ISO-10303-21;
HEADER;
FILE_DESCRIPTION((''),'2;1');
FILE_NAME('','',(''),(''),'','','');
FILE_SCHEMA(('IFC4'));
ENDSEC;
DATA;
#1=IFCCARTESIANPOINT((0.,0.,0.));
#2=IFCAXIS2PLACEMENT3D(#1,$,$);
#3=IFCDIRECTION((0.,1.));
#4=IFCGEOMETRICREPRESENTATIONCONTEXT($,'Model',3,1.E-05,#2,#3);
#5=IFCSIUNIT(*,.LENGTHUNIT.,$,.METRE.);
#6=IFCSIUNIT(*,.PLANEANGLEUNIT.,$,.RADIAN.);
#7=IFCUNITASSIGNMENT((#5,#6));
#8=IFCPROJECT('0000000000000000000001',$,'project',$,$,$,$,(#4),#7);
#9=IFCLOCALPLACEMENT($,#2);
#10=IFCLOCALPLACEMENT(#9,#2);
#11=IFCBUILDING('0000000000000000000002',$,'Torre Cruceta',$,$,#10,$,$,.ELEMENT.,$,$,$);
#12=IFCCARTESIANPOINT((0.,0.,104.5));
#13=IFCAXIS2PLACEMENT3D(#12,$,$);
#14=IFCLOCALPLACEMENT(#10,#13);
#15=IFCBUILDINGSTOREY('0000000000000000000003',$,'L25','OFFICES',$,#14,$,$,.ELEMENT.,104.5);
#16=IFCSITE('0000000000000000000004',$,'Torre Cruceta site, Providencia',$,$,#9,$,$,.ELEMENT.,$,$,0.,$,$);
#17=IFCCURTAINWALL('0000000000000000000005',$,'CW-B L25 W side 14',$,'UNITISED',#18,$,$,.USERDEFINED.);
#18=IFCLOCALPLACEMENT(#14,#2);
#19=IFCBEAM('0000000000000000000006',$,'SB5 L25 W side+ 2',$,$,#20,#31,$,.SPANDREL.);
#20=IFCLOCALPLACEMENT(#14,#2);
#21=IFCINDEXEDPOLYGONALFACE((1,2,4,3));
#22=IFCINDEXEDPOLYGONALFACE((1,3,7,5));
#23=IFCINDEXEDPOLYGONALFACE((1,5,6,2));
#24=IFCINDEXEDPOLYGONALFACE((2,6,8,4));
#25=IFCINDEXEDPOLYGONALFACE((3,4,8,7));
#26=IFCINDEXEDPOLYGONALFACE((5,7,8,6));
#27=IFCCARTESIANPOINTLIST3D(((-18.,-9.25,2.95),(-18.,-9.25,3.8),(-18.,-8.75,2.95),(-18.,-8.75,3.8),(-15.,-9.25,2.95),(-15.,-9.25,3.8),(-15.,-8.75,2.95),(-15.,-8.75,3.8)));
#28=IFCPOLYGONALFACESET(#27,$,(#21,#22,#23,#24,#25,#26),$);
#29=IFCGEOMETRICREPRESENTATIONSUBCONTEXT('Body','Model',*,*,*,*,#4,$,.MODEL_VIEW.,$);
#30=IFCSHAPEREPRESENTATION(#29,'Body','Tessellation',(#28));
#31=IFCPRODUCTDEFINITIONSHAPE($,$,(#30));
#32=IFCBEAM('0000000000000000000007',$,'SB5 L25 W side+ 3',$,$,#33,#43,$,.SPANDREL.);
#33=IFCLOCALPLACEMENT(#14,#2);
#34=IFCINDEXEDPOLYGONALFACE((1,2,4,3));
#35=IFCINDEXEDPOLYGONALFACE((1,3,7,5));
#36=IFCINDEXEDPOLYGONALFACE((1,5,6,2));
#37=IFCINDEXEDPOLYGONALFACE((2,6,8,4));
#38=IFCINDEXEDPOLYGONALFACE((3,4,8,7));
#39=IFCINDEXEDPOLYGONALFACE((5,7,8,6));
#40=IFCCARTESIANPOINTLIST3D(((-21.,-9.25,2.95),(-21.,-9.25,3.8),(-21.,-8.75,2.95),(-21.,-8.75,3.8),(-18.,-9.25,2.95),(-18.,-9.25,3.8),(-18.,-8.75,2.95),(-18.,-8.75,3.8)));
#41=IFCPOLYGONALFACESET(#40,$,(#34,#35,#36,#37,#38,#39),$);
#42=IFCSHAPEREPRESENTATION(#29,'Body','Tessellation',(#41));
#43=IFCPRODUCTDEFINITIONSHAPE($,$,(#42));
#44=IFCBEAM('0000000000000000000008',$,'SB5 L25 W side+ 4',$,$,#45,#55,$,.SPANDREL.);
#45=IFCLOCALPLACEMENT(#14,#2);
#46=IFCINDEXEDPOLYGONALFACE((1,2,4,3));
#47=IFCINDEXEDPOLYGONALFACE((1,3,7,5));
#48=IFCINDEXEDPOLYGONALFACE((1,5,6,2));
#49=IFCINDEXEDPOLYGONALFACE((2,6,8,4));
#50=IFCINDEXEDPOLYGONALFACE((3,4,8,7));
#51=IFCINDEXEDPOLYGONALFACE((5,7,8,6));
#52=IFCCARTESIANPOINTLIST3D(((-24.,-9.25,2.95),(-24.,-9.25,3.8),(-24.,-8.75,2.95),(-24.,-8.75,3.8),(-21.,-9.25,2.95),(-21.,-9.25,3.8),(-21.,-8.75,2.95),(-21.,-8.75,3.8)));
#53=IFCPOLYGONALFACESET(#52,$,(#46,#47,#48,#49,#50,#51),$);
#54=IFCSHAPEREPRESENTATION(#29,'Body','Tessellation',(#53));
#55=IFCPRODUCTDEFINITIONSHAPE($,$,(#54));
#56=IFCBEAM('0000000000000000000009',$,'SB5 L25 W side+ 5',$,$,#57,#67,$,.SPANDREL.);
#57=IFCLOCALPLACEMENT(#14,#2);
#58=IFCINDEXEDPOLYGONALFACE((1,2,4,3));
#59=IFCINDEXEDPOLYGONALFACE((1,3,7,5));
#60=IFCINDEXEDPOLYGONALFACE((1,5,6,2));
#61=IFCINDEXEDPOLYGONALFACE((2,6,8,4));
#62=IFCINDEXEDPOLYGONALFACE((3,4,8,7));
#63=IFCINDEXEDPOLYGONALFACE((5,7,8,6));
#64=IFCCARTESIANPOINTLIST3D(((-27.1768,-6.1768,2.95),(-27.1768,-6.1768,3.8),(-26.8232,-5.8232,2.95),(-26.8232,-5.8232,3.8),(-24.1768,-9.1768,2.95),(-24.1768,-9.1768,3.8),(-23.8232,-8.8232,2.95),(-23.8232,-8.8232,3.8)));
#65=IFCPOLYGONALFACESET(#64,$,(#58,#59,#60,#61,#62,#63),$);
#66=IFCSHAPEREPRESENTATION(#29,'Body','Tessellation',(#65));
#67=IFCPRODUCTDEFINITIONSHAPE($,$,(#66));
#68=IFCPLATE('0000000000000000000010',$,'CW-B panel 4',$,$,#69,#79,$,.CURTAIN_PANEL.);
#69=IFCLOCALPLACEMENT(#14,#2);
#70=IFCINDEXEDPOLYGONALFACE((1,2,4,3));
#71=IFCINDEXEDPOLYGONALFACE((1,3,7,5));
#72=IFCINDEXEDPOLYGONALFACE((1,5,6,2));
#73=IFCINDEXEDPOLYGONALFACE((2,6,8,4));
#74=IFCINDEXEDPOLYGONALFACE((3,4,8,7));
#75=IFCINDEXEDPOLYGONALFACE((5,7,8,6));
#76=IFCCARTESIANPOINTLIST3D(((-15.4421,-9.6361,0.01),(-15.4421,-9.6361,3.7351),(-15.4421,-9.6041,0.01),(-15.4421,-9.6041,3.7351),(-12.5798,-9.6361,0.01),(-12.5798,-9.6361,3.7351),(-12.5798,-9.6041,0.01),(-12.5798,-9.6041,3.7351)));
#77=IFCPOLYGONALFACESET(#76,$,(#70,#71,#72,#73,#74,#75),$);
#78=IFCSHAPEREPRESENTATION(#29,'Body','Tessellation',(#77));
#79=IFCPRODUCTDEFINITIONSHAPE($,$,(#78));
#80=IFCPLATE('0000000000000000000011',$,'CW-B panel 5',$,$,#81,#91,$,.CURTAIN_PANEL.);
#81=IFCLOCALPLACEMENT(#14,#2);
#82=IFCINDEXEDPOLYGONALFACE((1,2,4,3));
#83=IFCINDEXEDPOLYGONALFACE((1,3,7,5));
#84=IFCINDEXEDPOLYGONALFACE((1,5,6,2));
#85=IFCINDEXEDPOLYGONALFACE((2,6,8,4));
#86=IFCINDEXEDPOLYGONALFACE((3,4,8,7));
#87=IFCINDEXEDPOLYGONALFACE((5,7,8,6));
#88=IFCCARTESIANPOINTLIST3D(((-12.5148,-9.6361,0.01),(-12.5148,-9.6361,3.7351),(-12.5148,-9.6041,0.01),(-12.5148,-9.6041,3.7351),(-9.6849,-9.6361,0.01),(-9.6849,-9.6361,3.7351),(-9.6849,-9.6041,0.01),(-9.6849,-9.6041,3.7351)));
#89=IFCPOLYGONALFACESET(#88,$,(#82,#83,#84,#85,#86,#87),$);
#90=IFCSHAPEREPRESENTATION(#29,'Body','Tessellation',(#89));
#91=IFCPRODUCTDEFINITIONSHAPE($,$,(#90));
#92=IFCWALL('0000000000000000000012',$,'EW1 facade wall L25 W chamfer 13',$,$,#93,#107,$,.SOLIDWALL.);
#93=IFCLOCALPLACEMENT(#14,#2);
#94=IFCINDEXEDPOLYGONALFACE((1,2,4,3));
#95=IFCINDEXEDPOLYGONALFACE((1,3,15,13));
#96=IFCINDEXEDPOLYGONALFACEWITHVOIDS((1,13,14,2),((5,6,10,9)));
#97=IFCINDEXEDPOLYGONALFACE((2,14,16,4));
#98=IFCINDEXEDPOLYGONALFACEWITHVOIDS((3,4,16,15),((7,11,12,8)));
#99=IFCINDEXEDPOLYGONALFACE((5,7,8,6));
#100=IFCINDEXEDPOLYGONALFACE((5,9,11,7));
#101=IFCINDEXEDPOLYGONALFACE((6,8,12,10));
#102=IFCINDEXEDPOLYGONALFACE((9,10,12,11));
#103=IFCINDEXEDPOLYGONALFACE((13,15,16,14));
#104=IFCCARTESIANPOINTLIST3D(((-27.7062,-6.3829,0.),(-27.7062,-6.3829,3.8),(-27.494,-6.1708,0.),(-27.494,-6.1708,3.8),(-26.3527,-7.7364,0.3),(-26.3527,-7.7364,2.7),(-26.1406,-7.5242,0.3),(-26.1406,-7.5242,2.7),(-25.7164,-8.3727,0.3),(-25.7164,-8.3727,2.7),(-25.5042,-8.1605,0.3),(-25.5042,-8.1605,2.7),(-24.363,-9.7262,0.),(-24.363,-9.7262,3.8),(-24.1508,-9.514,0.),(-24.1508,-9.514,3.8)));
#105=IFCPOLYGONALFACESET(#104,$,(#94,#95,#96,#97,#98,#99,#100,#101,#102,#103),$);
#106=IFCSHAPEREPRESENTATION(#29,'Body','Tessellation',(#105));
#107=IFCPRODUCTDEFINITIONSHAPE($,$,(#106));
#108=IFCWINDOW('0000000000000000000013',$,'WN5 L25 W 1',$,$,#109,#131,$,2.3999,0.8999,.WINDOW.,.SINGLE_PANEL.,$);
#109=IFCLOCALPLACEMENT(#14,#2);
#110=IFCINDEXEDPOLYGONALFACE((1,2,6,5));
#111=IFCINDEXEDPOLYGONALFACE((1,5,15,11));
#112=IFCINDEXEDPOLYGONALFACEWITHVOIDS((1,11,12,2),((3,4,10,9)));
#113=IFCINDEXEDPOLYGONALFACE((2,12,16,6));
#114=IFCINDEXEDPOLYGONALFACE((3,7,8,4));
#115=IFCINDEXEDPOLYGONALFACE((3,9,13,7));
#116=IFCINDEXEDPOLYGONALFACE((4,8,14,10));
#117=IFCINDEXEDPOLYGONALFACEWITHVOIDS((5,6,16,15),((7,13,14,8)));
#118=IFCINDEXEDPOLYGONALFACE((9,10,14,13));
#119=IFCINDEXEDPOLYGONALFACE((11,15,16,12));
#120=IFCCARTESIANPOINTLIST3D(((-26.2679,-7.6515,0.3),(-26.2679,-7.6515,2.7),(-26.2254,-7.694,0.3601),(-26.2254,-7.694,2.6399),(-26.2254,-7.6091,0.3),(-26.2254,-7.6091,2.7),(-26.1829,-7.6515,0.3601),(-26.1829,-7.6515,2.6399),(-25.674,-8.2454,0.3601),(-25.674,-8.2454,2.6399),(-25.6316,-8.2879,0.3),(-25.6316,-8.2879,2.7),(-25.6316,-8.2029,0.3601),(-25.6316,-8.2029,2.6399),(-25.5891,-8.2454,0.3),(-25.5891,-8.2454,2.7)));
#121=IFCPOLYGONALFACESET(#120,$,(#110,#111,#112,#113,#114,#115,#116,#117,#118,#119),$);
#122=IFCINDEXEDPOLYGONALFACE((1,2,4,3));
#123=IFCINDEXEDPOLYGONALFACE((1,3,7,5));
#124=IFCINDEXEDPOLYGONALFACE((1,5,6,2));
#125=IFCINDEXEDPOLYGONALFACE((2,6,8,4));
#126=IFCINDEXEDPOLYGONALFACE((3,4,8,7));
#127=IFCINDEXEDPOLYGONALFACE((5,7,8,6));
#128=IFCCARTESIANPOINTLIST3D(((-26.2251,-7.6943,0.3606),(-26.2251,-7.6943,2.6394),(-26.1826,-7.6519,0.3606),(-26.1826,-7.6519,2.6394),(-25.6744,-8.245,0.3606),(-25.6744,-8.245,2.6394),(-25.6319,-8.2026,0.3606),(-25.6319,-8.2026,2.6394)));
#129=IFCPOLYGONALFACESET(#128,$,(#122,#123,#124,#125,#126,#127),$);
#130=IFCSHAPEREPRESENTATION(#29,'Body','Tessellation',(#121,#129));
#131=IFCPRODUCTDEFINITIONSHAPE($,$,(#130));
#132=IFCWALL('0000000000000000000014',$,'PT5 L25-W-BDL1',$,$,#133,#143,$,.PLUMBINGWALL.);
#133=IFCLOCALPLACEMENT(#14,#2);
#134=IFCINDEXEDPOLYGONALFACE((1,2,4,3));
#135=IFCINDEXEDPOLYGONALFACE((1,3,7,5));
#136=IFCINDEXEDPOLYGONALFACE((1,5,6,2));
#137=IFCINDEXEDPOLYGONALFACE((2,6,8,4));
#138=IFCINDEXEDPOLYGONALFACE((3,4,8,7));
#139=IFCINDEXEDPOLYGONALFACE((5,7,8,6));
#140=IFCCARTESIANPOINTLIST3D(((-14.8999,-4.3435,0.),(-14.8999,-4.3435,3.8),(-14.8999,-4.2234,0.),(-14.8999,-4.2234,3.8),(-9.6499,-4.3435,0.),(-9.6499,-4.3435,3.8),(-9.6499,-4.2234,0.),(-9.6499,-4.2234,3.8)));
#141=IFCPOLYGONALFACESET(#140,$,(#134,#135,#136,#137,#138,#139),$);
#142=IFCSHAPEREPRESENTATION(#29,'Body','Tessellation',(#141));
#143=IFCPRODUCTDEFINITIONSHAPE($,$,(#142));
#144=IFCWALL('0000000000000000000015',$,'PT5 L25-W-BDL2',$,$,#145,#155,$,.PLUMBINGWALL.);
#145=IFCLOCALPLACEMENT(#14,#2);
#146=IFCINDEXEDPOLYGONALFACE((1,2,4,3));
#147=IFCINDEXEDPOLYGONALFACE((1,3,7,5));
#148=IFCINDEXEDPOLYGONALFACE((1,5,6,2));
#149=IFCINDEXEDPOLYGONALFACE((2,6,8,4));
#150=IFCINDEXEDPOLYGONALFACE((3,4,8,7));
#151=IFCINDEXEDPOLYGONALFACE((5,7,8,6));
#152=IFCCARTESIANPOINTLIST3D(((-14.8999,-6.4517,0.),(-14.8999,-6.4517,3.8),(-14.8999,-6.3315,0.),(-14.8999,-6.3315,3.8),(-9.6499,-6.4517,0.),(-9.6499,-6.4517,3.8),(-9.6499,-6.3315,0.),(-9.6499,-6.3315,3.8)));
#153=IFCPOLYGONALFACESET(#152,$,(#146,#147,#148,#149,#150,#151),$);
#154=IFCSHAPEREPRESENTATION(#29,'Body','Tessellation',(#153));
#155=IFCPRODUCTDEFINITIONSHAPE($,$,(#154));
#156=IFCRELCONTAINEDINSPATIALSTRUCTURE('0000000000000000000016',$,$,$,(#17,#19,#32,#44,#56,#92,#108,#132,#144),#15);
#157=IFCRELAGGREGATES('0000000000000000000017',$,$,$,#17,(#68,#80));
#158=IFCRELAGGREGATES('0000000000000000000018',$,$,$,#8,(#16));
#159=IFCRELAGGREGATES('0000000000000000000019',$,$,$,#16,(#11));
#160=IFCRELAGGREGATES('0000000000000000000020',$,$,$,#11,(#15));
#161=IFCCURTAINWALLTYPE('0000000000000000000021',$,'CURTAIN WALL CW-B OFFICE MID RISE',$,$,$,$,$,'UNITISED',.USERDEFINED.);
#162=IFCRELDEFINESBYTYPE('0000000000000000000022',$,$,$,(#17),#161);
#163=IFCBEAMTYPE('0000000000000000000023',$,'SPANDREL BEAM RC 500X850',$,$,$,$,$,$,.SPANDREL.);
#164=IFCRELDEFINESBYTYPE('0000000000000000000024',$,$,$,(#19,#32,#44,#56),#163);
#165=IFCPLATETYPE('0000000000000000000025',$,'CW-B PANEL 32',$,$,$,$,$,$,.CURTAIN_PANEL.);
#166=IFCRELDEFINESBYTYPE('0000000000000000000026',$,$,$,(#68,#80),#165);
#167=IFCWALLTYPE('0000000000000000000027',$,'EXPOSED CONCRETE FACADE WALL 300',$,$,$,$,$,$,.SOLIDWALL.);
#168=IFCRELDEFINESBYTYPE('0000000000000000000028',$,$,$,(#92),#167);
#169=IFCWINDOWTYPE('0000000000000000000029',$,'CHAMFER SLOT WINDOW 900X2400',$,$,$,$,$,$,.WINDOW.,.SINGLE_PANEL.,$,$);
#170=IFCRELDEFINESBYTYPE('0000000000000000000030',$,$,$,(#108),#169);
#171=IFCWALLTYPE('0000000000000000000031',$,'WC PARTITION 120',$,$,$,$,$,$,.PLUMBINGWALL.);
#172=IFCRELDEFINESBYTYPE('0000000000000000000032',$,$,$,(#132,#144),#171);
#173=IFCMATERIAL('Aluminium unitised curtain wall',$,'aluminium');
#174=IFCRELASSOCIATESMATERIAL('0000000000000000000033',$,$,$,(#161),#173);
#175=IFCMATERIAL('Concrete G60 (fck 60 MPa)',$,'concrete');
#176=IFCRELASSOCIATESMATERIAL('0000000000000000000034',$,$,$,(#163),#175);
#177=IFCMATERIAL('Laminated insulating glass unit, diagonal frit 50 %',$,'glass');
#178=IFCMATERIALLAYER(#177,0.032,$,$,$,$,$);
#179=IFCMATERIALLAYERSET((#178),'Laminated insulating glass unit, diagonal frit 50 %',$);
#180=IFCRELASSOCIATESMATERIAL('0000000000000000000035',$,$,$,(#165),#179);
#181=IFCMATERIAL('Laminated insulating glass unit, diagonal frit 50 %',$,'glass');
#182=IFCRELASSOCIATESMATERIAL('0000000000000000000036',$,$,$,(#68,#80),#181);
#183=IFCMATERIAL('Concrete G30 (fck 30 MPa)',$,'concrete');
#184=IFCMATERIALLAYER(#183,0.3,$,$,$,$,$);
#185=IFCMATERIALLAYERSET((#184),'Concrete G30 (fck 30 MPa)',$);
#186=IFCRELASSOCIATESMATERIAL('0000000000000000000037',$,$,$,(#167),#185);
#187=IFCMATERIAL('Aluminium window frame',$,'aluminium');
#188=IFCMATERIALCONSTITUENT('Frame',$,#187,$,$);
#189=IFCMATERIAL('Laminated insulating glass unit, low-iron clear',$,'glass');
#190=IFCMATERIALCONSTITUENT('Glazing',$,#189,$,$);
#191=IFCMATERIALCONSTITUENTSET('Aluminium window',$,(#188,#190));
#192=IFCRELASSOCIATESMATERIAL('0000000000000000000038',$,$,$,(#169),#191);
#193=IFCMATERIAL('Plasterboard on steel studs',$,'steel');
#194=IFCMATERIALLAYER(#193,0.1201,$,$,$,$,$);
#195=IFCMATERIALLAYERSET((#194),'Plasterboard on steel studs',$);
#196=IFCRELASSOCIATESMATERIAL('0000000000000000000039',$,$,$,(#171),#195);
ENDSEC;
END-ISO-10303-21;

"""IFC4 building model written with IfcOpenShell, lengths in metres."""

from ifc_helpers import new_model, si_unit, direction, frame, frame_2d, origin, origin_2d, place, context, subcontext, project, spatial, rectangle, hollow_rectangle, extrude, material, layer, layer_set, constituent, constituent_set, material_profile, profile_set, type_object, element, fill, aggregate, save


model = new_model("IFC4")

# Units and contexts
model_context = context("Model", 3, precision=1e-05, world=origin(), true_north=direction((0.0, 1.0)))
body_context = subcontext(model_context, "Body", "Model", "MODEL_VIEW")
ifc_project = project(units=[si_unit("LENGTHUNIT", "METRE"), si_unit("PLANEANGLEUNIT", "RADIAN")], contexts=[model_context])

# Site, building, storey
site_placement = place(None, origin())
site = spatial("IfcSite", under=ifc_project, at=site_placement, Name="Torre Cruceta site, Providencia", CompositionType="ELEMENT", RefElevation=0.0)
building_placement = place(site_placement, origin())
building = spatial("IfcBuilding", under=site, at=building_placement, Name="Torre Cruceta", CompositionType="ELEMENT")
storey_placement = place(building_placement, frame((0.0, 0.0, 104.5)))
storey = spatial("IfcBuildingStorey", under=building, at=storey_placement, Name="L25", Description="OFFICES", CompositionType="ELEMENT", Elevation=104.5)

# Curtain wall
ifc_material_1 = material(Name="Aluminium unitised curtain wall", Category="aluminium")
curtain_wall_type = type_object("IfcCurtainWallType", Name="CURTAIN WALL CW-B OFFICE MID RISE", ElementType="UNITISED", PredefinedType="USERDEFINED", material=ifc_material_1)
curtain_wall_placement = place(storey_placement, origin())
curtain_wall = element("IfcCurtainWall", 1, at=curtain_wall_placement, inside=storey, type_object=curtain_wall_type, Name="CW-B L25 W side 14", ObjectType="UNITISED", PredefinedType="USERDEFINED")

# Beams
ifc_material_2 = material(Name="Concrete G60 (fck 60 MPa)", Category="concrete")
ifc_material_profile_1 = material_profile(ifc_material_2, rectangle(XDim=0.5, YDim=0.8501, at=origin_2d()), Name="RC 500X850")
ifc_profile_set_1 = profile_set([ifc_material_profile_1], Name="Concrete G60 (fck 60 MPa)")
beam_type_1 = type_object("IfcBeamType", Name="SPANDREL BEAM RC 500X850", PredefinedType="SPANDREL", material=ifc_profile_set_1)
for number, where, z_axis, x_axis, name in (
    (2, (-15.0, -9.0, 3.375), (-1.0, 0.0, 0.0), (0.0, -1.0, 0.0), "SB5 L25 W side+ 2"),
    (3, (-18.0, -9.0, 3.375), (-1.0, 0.0, 0.0), (0.0, -1.0, 0.0), "SB5 L25 W side+ 3"),
    (4, (-21.0, -9.0, 3.375), (-1.0, 0.0, 0.0), (0.0, -1.0, 0.0), "SB5 L25 W side+ 4"),
):
    element("IfcBeam", number, at=place(storey_placement, frame(where, z_axis=z_axis, x_axis=x_axis)), inside=storey, type_object=beam_type_1, Name=name, PredefinedType="SPANDREL", context=body_context, shape_type="SweptSolid", body=[
        extrude(rectangle(XDim=0.5, YDim=0.8501, at=origin_2d()), origin(), (0.0, 0.0, 1.0), 3.0),
    ])
beam_1_placement = place(storey_placement, frame((-24.0, -9.0, 3.375), z_axis=(-0.707107, 0.707107, 0.0), x_axis=(-0.707107, -0.707107, 0.0)))
element("IfcBeam", 5, at=beam_1_placement, inside=storey, type_object=beam_type_1, Name="SB5 L25 W side+ 5", PredefinedType="SPANDREL", context=body_context, shape_type="SweptSolid", body=[
    extrude(rectangle(XDim=0.5, YDim=0.8501, at=origin_2d()), origin(), (0.0, 0.0, 1.0), 4.2427),
])

# Plates
ifc_material_3 = material(Name="Laminated insulating glass unit, diagonal frit 50 %", Category="glass")
ifc_material_4 = material(Name="Laminated insulating glass unit, diagonal frit 50 %", Category="glass")
ifc_layer_1 = layer(ifc_material_4, 0.032)
ifc_layer_set_1 = layer_set([ifc_layer_1], Name="Laminated insulating glass unit, diagonal frit 50 %")
plate_type = type_object("IfcPlateType", Name="CW-B PANEL 32", PredefinedType="CURTAIN_PANEL", material=ifc_layer_set_1)
plate_1_placement = place(storey_placement, frame((-14.011, -9.6201, 0.01), z_axis=(0.0, 0.0, 1.0), x_axis=(1.0, 0.0, 0.0)))
plate_1 = element("IfcPlate", 6, at=plate_1_placement, type_object=plate_type, material=ifc_material_3, Name="CW-B panel 4", PredefinedType="CURTAIN_PANEL", context=body_context, shape_type="SweptSolid", body=[
    extrude(rectangle(XDim=2.8623, YDim=0.032, at=origin_2d()), origin(), (0.0, 0.0, 1.0), 3.7251),
])
plate_2_placement = place(storey_placement, frame((-11.0999, -9.6201, 0.01), z_axis=(0.0, 0.0, 1.0), x_axis=(1.0, 0.0, 0.0)))
plate_2 = element("IfcPlate", 7, at=plate_2_placement, type_object=plate_type, material=ifc_material_3, Name="CW-B panel 5", PredefinedType="CURTAIN_PANEL", context=body_context, shape_type="SweptSolid", body=[
    extrude(rectangle(XDim=2.8298, YDim=0.032, at=origin_2d()), origin(), (0.0, 0.0, 1.0), 3.7251),
])
aggregate(curtain_wall, [plate_1, plate_2])

# Wall, opening, window
ifc_material_5 = material(Name="Concrete G30 (fck 30 MPa)", Category="concrete")
ifc_layer_2 = layer(ifc_material_5, 0.3)
ifc_layer_set_2 = layer_set([ifc_layer_2], Name="Concrete G30 (fck 30 MPa)")
wall_type_1 = type_object("IfcWallType", Name="EXPOSED CONCRETE FACADE WALL 300", PredefinedType="SOLIDWALL", material=ifc_layer_set_2)
wall_placement = place(storey_placement, frame((-27.6001, -6.2769, 0.0), z_axis=(0.0, 0.0, 1.0), x_axis=(0.707107, -0.707107, 0.0)))
wall = element("IfcWall", 8, at=wall_placement, inside=storey, type_object=wall_type_1, Name="EW1 facade wall L25 W chamfer 13", PredefinedType="SOLIDWALL", context=body_context, shape_type="SweptSolid", body=[
    extrude(rectangle(XDim=4.728, YDim=0.3, at=frame_2d((2.364, 0.0))), origin(), (0.0, 0.0, 1.0), 3.8),
])
opening_placement = place(wall_placement, frame((1.9141, 0.0, 0.3)))
opening = element("IfcOpeningElement", 9, at=opening_placement, cuts=wall, PredefinedType="OPENING", context=body_context, shape_type="SweptSolid", body=[
    extrude(rectangle(XDim=0.8999, YDim=2.3999, at=frame_2d((0.45, 1.2))), frame((0.0, 0.1599, 0.0), z_axis=(0.0, -1.0, 0.0), x_axis=(1.0, 0.0, 0.0)), (0.0, 0.0, 1.0), 0.3201),
])
ifc_material_6 = material(Name="Aluminium window frame", Category="aluminium")
ifc_constituent_1 = constituent(ifc_material_6, Name="Frame")
ifc_material_7 = material(Name="Laminated insulating glass unit, low-iron clear", Category="glass")
ifc_constituent_2 = constituent(ifc_material_7, Name="Glazing")
ifc_constituent_set = constituent_set(constituents=[ifc_constituent_1, ifc_constituent_2], Name="Aluminium window")
window_type = type_object("IfcWindowType", Name="CHAMFER SLOT WINDOW 900X2400", PartitioningType="SINGLE_PANEL", PredefinedType="WINDOW", material=ifc_constituent_set)
window_placement = place(opening_placement, origin())
window = element("IfcWindow", 10, at=window_placement, inside=storey, type_object=window_type, Name="WN5 L25 W 1", OverallHeight=2.3999, OverallWidth=0.8999, PartitioningType="SINGLE_PANEL", PredefinedType="WINDOW", context=body_context, shape_type="SweptSolid", body=[
    extrude(hollow_rectangle(XDim=0.8999, YDim=2.3999, WallThickness=0.0601, at=frame_2d((0.45, 1.2))), frame((0.0, 0.03, 0.0), z_axis=(0.0, -1.0, 0.0), x_axis=(1.0, 0.0, 0.0)), (0.0, 0.0, 1.0), 0.0601),
    extrude(rectangle(XDim=0.7788, YDim=2.2788, at=frame_2d((0.45, 1.2))), frame((0.0, 0.03, 0.0), z_axis=(0.0, -1.0, 0.0), x_axis=(1.0, 0.0, 0.0)), (0.0, 0.0, 1.0), 0.0601),
])
fill(opening, window)

# Walls
ifc_material_8 = material(Name="Plasterboard on steel studs", Category="steel")
ifc_layer_3 = layer(ifc_material_8, 0.1201)
ifc_layer_set_3 = layer_set([ifc_layer_3], Name="Plasterboard on steel studs")
wall_type_2 = type_object("IfcWallType", Name="WC PARTITION 120", PredefinedType="PLUMBINGWALL", material=ifc_layer_set_3)
for number, where, z_axis, x_axis, name in (
    (11, (-9.6499, -4.2834, 0.0), (0.0, 0.0, 1.0), (-1.0, 0.0, 0.0), "PT5 L25-W-BDL1"),
    (12, (-9.6499, -6.3916, 0.0), (0.0, 0.0, 1.0), (-1.0, 0.0, 0.0), "PT5 L25-W-BDL2"),
):
    element("IfcWall", number, at=place(storey_placement, frame(where, z_axis=z_axis, x_axis=x_axis)), inside=storey, type_object=wall_type_2, Name=name, PredefinedType="PLUMBINGWALL", context=body_context, shape_type="SweptSolid", body=[
        extrude(rectangle(XDim=5.25, YDim=0.1201, at=frame_2d((2.625, 0.0))), origin(), (0.0, 0.0, 1.0), 3.8),
    ])

save(model, "model.ifc")
